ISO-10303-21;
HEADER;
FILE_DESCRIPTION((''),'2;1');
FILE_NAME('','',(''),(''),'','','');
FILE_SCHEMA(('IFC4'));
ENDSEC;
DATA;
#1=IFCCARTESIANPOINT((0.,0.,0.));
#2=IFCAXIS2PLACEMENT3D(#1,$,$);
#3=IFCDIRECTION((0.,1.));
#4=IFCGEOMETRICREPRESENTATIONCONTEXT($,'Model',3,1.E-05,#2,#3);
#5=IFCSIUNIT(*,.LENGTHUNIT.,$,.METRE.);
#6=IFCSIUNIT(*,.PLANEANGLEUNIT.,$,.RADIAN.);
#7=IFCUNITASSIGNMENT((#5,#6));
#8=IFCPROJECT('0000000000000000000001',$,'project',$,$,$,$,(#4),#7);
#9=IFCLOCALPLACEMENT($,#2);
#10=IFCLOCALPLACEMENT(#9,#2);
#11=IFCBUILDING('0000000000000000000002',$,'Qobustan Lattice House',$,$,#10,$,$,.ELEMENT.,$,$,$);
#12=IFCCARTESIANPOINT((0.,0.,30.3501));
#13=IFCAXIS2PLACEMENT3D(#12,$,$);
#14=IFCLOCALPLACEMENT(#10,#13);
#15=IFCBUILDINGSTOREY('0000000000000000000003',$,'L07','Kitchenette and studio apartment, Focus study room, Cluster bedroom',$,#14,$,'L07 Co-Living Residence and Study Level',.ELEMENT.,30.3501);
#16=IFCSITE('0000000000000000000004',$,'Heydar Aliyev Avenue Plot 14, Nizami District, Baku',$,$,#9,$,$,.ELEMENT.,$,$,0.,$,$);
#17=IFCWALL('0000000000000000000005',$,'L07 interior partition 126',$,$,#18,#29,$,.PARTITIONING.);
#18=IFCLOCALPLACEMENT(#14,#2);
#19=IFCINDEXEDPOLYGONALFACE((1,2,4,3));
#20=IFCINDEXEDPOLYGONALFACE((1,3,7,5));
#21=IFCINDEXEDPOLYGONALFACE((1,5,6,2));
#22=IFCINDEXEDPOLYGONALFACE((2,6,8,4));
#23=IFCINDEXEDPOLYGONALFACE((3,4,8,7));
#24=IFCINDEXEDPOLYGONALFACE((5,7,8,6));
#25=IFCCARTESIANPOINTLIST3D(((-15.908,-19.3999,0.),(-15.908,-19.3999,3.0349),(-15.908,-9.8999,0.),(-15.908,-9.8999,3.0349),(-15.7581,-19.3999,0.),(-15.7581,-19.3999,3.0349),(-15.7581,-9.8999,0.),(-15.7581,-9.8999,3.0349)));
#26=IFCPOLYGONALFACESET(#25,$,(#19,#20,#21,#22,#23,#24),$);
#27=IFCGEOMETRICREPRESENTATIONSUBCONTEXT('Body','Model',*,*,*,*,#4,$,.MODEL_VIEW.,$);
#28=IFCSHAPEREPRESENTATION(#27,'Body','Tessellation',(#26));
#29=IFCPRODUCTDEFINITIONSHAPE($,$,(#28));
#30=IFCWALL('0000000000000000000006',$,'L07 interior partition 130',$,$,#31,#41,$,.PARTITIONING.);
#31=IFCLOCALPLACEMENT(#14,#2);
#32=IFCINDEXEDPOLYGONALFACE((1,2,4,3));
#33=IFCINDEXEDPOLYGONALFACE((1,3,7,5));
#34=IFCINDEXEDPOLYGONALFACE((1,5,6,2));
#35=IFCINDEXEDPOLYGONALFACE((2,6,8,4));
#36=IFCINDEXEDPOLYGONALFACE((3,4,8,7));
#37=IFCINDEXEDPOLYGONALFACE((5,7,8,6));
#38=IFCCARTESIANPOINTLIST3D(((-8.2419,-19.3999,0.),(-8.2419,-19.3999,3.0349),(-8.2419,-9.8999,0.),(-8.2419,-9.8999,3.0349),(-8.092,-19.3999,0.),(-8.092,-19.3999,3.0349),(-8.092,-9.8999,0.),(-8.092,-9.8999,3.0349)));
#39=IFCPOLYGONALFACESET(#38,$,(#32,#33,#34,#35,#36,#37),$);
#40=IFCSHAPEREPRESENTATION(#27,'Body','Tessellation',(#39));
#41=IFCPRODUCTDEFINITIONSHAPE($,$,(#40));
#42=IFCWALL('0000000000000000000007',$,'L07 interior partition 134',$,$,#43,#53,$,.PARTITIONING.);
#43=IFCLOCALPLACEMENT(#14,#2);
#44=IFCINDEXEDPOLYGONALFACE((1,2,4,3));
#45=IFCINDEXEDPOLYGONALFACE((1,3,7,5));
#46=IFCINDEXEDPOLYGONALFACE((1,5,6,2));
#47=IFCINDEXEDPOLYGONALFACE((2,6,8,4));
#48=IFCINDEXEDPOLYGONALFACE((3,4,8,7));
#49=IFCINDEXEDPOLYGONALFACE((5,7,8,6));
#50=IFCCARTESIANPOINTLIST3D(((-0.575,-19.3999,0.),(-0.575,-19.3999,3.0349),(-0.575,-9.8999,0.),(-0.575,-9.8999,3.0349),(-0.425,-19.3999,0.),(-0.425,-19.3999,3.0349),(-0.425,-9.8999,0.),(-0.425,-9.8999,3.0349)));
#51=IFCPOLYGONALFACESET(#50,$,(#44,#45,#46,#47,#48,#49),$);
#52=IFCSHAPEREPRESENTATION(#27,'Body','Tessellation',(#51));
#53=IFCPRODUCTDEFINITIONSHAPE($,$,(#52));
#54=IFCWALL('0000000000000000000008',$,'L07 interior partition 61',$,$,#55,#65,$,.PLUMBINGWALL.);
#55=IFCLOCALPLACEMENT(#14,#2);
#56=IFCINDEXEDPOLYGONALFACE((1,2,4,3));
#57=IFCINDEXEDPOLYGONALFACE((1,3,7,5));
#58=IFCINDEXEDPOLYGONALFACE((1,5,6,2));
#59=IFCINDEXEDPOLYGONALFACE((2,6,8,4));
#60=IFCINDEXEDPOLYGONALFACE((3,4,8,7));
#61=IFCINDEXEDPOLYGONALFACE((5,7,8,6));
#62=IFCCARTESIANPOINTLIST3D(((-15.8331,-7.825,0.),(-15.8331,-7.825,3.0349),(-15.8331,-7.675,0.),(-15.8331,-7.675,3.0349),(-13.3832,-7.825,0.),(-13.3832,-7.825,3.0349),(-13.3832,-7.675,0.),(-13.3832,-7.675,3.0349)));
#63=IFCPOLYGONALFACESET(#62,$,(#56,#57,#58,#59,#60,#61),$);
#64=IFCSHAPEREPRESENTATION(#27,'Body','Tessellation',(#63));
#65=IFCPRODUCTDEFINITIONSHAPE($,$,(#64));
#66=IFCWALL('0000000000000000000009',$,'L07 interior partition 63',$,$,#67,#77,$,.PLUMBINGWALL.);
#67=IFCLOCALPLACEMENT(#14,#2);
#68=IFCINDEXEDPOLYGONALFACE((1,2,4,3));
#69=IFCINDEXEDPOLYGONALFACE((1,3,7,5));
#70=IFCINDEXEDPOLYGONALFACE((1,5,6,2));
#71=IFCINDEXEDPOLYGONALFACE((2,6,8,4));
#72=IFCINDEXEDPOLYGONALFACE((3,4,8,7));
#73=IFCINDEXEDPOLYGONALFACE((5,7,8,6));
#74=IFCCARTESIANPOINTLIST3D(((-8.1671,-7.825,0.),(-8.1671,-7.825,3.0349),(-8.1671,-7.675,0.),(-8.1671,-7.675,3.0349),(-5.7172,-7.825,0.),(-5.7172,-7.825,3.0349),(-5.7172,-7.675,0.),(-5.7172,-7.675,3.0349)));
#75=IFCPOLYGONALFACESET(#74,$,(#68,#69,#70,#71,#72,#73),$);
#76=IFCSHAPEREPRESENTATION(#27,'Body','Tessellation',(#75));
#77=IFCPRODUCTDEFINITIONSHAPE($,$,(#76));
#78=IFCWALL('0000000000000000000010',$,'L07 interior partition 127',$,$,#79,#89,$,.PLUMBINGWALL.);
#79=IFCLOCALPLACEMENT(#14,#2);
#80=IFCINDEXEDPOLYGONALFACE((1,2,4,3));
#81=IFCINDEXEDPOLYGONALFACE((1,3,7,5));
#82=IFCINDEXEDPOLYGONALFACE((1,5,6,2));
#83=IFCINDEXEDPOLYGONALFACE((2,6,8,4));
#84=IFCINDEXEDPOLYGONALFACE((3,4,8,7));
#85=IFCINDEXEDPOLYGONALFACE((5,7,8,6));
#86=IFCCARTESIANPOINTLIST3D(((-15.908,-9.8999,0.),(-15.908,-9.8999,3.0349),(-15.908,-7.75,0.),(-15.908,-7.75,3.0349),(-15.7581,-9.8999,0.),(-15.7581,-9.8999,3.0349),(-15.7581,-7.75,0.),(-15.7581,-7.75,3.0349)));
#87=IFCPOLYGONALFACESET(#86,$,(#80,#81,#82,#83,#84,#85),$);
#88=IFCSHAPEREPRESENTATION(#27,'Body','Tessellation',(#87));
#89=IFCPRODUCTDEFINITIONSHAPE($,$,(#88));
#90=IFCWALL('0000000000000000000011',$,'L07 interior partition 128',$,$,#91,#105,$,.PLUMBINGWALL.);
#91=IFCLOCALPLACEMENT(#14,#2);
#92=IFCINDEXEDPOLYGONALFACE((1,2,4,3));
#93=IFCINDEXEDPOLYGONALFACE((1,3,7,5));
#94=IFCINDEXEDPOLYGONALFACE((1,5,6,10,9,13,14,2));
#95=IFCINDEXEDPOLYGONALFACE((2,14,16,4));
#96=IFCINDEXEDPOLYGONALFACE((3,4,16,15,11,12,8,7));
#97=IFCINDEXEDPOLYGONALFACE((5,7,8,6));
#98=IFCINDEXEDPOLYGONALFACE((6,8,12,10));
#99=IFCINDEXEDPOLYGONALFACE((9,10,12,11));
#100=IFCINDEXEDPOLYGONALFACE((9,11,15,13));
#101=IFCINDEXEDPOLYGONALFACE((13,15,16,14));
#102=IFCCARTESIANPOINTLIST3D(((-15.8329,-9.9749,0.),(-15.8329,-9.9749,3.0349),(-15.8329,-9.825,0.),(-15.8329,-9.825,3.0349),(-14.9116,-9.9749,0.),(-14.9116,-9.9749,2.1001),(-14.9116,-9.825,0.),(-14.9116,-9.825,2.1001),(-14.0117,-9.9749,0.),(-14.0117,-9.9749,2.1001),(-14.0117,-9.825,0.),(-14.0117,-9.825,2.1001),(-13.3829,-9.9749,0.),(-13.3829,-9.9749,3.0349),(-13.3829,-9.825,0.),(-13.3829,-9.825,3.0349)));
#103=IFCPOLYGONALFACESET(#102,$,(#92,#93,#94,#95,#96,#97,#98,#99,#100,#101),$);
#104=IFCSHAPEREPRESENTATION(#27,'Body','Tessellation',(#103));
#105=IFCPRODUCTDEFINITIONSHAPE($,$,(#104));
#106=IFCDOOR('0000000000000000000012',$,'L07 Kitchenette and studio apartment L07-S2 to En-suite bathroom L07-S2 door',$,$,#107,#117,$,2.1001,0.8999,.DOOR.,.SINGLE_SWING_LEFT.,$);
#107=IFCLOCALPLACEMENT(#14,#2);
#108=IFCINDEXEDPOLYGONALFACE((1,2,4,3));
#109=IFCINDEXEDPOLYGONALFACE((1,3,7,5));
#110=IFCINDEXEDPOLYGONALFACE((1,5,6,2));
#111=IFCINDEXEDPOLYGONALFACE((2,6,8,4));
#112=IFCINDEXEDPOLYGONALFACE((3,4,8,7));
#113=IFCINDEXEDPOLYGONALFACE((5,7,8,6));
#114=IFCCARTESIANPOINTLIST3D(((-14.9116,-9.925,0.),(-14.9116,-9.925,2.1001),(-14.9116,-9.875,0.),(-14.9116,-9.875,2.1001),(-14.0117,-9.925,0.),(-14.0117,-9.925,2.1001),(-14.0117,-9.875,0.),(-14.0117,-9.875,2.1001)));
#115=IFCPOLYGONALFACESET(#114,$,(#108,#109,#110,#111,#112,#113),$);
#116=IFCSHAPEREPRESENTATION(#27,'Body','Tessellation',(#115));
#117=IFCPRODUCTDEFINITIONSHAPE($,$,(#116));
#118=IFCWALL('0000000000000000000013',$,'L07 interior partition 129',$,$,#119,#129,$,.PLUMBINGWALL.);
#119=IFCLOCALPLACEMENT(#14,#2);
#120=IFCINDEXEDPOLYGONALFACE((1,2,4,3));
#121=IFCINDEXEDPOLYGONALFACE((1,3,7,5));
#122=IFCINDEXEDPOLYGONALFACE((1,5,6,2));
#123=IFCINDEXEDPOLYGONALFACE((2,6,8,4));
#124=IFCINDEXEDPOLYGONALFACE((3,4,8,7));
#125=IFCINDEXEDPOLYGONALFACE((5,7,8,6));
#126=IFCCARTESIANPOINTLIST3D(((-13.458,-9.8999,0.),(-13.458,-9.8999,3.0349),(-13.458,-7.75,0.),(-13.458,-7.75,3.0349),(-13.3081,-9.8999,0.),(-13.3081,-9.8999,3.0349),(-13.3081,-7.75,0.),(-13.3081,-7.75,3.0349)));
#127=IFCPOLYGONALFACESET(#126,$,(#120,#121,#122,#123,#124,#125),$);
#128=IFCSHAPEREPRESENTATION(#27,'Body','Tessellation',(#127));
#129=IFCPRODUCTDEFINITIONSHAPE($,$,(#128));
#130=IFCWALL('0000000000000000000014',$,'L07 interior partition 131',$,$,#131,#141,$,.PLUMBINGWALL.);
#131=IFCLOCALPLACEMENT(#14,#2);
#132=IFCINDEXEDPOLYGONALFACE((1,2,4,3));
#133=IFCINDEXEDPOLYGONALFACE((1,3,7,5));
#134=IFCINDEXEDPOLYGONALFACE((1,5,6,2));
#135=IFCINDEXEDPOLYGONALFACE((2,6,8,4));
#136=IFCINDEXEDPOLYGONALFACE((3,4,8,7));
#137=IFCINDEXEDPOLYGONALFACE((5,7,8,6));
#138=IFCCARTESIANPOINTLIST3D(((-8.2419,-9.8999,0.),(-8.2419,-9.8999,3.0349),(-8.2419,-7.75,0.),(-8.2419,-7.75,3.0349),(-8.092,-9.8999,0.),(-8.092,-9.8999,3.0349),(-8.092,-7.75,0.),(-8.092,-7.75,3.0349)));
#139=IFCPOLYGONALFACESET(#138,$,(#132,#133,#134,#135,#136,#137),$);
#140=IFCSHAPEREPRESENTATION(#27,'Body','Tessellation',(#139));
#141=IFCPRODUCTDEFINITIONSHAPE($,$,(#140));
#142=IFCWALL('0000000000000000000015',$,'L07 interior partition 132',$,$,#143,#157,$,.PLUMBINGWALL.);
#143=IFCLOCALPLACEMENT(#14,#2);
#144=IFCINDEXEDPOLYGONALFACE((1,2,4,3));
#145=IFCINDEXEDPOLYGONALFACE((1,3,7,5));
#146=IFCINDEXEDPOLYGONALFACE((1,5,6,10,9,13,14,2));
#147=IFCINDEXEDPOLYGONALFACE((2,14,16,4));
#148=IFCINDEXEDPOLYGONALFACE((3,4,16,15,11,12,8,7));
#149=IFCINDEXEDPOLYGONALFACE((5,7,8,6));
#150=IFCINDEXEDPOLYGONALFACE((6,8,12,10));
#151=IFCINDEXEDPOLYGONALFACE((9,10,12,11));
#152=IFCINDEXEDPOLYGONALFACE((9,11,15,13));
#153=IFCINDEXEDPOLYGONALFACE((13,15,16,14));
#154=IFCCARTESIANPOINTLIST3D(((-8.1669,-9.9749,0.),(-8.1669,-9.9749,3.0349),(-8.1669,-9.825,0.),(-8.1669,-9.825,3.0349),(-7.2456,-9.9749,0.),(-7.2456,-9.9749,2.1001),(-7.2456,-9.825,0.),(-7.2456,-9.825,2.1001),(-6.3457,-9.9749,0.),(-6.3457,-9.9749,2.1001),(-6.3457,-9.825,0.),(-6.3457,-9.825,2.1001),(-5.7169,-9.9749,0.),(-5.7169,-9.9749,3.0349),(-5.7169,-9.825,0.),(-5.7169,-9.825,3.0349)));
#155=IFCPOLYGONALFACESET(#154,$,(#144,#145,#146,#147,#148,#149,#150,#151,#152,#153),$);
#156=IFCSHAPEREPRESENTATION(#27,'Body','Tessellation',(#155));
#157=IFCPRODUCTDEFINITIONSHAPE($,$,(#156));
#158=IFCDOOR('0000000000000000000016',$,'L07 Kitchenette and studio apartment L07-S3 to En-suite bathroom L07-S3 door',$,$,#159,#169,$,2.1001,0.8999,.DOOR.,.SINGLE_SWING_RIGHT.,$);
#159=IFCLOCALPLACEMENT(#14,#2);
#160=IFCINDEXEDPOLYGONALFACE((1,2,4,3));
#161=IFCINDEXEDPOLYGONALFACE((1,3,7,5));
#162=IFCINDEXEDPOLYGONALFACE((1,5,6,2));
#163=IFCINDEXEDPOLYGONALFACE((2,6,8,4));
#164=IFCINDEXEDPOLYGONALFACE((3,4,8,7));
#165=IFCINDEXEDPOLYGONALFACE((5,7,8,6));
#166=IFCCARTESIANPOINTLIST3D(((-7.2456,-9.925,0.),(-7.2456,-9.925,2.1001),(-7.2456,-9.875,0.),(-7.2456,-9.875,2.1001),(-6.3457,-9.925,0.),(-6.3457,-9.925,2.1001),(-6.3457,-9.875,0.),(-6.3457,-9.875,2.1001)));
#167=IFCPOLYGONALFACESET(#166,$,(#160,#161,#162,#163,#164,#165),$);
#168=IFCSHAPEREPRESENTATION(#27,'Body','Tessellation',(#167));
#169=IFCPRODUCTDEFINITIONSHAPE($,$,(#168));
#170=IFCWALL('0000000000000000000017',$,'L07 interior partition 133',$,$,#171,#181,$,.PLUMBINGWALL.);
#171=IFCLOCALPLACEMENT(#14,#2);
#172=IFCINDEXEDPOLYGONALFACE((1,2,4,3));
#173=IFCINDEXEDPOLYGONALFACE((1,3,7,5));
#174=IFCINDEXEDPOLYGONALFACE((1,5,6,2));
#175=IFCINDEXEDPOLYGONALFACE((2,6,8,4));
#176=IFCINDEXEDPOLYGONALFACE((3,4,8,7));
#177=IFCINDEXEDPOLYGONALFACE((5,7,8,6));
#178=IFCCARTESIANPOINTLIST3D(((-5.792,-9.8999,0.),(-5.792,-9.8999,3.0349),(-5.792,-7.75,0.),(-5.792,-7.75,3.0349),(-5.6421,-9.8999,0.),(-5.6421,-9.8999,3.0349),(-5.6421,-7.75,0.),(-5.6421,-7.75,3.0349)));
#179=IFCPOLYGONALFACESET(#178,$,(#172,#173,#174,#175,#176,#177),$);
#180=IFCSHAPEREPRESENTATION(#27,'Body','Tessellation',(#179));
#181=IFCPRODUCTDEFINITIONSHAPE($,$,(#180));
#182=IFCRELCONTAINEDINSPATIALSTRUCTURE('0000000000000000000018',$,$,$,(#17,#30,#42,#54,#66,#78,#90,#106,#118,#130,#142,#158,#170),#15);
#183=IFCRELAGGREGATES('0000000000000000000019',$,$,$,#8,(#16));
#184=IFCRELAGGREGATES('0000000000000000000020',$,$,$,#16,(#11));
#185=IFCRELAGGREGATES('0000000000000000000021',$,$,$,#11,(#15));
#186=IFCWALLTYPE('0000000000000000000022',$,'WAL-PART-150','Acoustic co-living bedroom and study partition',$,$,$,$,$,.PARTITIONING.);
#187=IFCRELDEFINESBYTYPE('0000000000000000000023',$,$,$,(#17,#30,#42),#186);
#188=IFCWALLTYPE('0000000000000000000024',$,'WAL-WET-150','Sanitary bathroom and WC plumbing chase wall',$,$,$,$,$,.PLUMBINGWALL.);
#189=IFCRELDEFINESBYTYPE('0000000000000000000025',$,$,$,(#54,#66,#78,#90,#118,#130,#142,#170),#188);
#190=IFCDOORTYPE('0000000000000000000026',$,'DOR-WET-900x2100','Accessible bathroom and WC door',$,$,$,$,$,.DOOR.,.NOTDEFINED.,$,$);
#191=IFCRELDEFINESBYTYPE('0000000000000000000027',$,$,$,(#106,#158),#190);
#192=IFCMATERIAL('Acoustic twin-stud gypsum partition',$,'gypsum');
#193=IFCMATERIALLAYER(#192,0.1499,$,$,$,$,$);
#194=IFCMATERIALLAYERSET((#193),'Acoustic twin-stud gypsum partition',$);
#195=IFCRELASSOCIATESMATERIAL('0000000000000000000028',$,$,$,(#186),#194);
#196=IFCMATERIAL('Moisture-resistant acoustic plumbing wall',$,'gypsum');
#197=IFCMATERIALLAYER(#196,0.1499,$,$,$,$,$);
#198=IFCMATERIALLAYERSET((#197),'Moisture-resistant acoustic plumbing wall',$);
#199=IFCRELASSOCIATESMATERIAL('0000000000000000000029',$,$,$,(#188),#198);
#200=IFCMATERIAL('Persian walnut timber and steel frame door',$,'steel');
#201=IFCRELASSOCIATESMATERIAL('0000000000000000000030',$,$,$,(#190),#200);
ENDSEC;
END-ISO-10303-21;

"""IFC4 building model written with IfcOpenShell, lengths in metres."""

from ifc_helpers import new_model, si_unit, direction, frame, frame_2d, origin, place, context, subcontext, project, spatial, rectangle, extrude, material, layer, layer_set, type_object, element, fill, save


model = new_model("IFC4")

# Units and contexts
model_context = context("Model", 3, precision=1e-05, world=origin(), true_north=direction((0.0, 1.0)))
body_context = subcontext(model_context, "Body", "Model", "MODEL_VIEW")
ifc_project = project(units=[si_unit("LENGTHUNIT", "METRE"), si_unit("PLANEANGLEUNIT", "RADIAN")], contexts=[model_context])

# Site, building, storey
site_placement = place(None, origin())
site = spatial("IfcSite", under=ifc_project, at=site_placement, Name="Heydar Aliyev Avenue Plot 14, Nizami District, Baku", CompositionType="ELEMENT", RefElevation=0.0)
building_placement = place(site_placement, origin())
building = spatial("IfcBuilding", under=site, at=building_placement, Name="Qobustan Lattice House", CompositionType="ELEMENT")
storey_placement = place(building_placement, frame((0.0, 0.0, 30.3501)))
storey = spatial("IfcBuildingStorey", under=building, at=storey_placement, Name="L07", Description="Kitchenette and studio apartment, Focus study room, Cluster bedroom", LongName="L07 Co-Living Residence and Study Level", CompositionType="ELEMENT", Elevation=30.3501)

# Shared definitions
ifc_material_1 = material(Name="Acoustic twin-stud gypsum partition", Category="gypsum")
ifc_layer_1 = layer(ifc_material_1, 0.1499)
ifc_layer_set_1 = layer_set([ifc_layer_1], Name="Acoustic twin-stud gypsum partition")
wall_type_1 = type_object("IfcWallType", Name="WAL-PART-150", Description="Acoustic co-living bedroom and study partition", PredefinedType="PARTITIONING", material=ifc_layer_set_1)

# Walls
for number, where, z_axis, x_axis, name in (
    (1, (-15.833, -9.8999, 0.0), (0.0, 0.0, 1.0), (0.0, -1.0, 0.0), "L07 interior partition 126"),
    (2, (-8.167, -9.8999, 0.0), (0.0, 0.0, 1.0), (0.0, -1.0, 0.0), "L07 interior partition 130"),
    (3, (-0.5, -9.8999, 0.0), (0.0, 0.0, 1.0), (0.0, -1.0, 0.0), "L07 interior partition 134"),
):
    element("IfcWall", number, at=place(storey_placement, frame(where, z_axis=z_axis, x_axis=x_axis)), inside=storey, type_object=wall_type_1, Name=name, PredefinedType="PARTITIONING", context=body_context, shape_type="SweptSolid", body=[
        extrude(rectangle(XDim=9.5, YDim=0.1499, at=frame_2d((4.75, 0.0))), origin(), (0.0, 0.0, 1.0), 3.0349),
    ])
ifc_material_2 = material(Name="Moisture-resistant acoustic plumbing wall", Category="gypsum")
ifc_layer_2 = layer(ifc_material_2, 0.1499)
ifc_layer_set_2 = layer_set([ifc_layer_2], Name="Moisture-resistant acoustic plumbing wall")
wall_type_2 = type_object("IfcWallType", Name="WAL-WET-150", Description="Sanitary bathroom and WC plumbing chase wall", PredefinedType="PLUMBINGWALL", material=ifc_layer_set_2)
for number, where, z_axis, x_axis, name in (
    (4, (-13.3831, -7.75, 0.0), (0.0, 0.0, 1.0), (-1.0, 0.0, 0.0), "L07 interior partition 61"),
    (5, (-5.717, -7.75, 0.0), (0.0, 0.0, 1.0), (-1.0, 0.0, 0.0), "L07 interior partition 63"),
):
    element("IfcWall", number, at=place(storey_placement, frame(where, z_axis=z_axis, x_axis=x_axis)), inside=storey, type_object=wall_type_2, Name=name, PredefinedType="PLUMBINGWALL", context=body_context, shape_type="SweptSolid", body=[
        extrude(rectangle(XDim=2.45, YDim=0.1499, at=frame_2d((1.2251, 0.0))), origin(), (0.0, 0.0, 1.0), 3.0349),
    ])
wall_1_placement = place(storey_placement, frame((-15.833, -7.75, 0.0), z_axis=(0.0, 0.0, 1.0), x_axis=(0.0, -1.0, 0.0)))
element("IfcWall", 6, at=wall_1_placement, inside=storey, type_object=wall_type_2, Name="L07 interior partition 127", PredefinedType="PLUMBINGWALL", context=body_context, shape_type="SweptSolid", body=[
    extrude(rectangle(XDim=2.1499, YDim=0.1499, at=frame_2d((1.075, 0.0))), origin(), (0.0, 0.0, 1.0), 3.0349),
])

# Wall, opening, door
wall_2_placement = place(storey_placement, frame((-15.833, -9.8999, 0.0), z_axis=(0.0, 0.0, 1.0), x_axis=(1.0, 0.0, 0.0)))
wall_2 = element("IfcWall", 7, at=wall_2_placement, inside=storey, type_object=wall_type_2, Name="L07 interior partition 128", PredefinedType="PLUMBINGWALL", context=body_context, shape_type="SweptSolid", body=[
    extrude(rectangle(XDim=2.45, YDim=0.1499, at=frame_2d((1.2251, 0.0))), origin(), (0.0, 0.0, 1.0), 3.0349),
])
opening_1_placement = place(wall_2_placement, frame((0.9214, 0.0, 0.0)))
opening_1 = element("IfcOpeningElement", 8, at=opening_1_placement, cuts=wall_2, PredefinedType="OPENING", context=body_context, shape_type="SweptSolid", body=[
    extrude(rectangle(XDim=0.8999, YDim=2.1001, at=frame_2d((0.45, 1.05))), frame((0.0, 0.085, 0.0), z_axis=(0.0, -1.0, 0.0), x_axis=(1.0, 0.0, 0.0)), (0.0, 0.0, 1.0), 0.1699),
])
ifc_material_3 = material(Name="Persian walnut timber and steel frame door", Category="steel")
door_type_1 = type_object("IfcDoorType", Name="DOR-WET-900x2100", Description="Accessible bathroom and WC door", OperationType="NOTDEFINED", PredefinedType="DOOR", material=ifc_material_3)
door_1_placement = place(opening_1_placement, origin())
door_1 = element("IfcDoor", 9, at=door_1_placement, inside=storey, type_object=door_type_1, Name="L07 Kitchenette and studio apartment L07-S2 to En-suite bathroom L07-S2 door", OperationType="SINGLE_SWING_LEFT", OverallHeight=2.1001, OverallWidth=0.8999, PredefinedType="DOOR", context=body_context, shape_type="SweptSolid", body=[
    extrude(rectangle(XDim=0.8999, YDim=2.1001, at=frame_2d((0.45, 1.05))), frame((0.0, 0.0249, 0.0), z_axis=(0.0, -1.0, 0.0), x_axis=(1.0, 0.0, 0.0)), (0.0, 0.0, 1.0), 0.05),
])
fill(opening_1, door_1)

# Walls
for number, where, z_axis, x_axis, name in (
    (10, (-13.3831, -9.8999, 0.0), (0.0, 0.0, 1.0), (0.0, 1.0, 0.0), "L07 interior partition 129"),
    (11, (-8.167, -7.75, 0.0), (0.0, 0.0, 1.0), (0.0, -1.0, 0.0), "L07 interior partition 131"),
):
    element("IfcWall", number, at=place(storey_placement, frame(where, z_axis=z_axis, x_axis=x_axis)), inside=storey, type_object=wall_type_2, Name=name, PredefinedType="PLUMBINGWALL", context=body_context, shape_type="SweptSolid", body=[
        extrude(rectangle(XDim=2.1499, YDim=0.1499, at=frame_2d((1.075, 0.0))), origin(), (0.0, 0.0, 1.0), 3.0349),
    ])

# Wall, opening, door
wall_3_placement = place(storey_placement, frame((-8.167, -9.8999, 0.0), z_axis=(0.0, 0.0, 1.0), x_axis=(1.0, 0.0, 0.0)))
wall_3 = element("IfcWall", 12, at=wall_3_placement, inside=storey, type_object=wall_type_2, Name="L07 interior partition 132", PredefinedType="PLUMBINGWALL", context=body_context, shape_type="SweptSolid", body=[
    extrude(rectangle(XDim=2.45, YDim=0.1499, at=frame_2d((1.2251, 0.0))), origin(), (0.0, 0.0, 1.0), 3.0349),
])
opening_2_placement = place(wall_3_placement, frame((0.9214, 0.0, 0.0)))
opening_2 = element("IfcOpeningElement", 13, at=opening_2_placement, cuts=wall_3, PredefinedType="OPENING", context=body_context, shape_type="SweptSolid", body=[
    extrude(rectangle(XDim=0.8999, YDim=2.1001, at=frame_2d((0.45, 1.05))), frame((0.0, 0.085, 0.0), z_axis=(0.0, -1.0, 0.0), x_axis=(1.0, 0.0, 0.0)), (0.0, 0.0, 1.0), 0.1699),
])
door_2_placement = place(opening_2_placement, origin())
door_2 = element("IfcDoor", 14, at=door_2_placement, inside=storey, type_object=door_type_1, Name="L07 Kitchenette and studio apartment L07-S3 to En-suite bathroom L07-S3 door", OperationType="SINGLE_SWING_RIGHT", OverallHeight=2.1001, OverallWidth=0.8999, PredefinedType="DOOR", context=body_context, shape_type="SweptSolid", body=[
    extrude(rectangle(XDim=0.8999, YDim=2.1001, at=frame_2d((0.45, 1.05))), frame((0.0, 0.0249, 0.0), z_axis=(0.0, -1.0, 0.0), x_axis=(1.0, 0.0, 0.0)), (0.0, 0.0, 1.0), 0.05),
])
fill(opening_2, door_2)

# Wall
wall_4_placement = place(storey_placement, frame((-5.717, -9.8999, 0.0), z_axis=(0.0, 0.0, 1.0), x_axis=(0.0, 1.0, 0.0)))
element("IfcWall", 15, at=wall_4_placement, inside=storey, type_object=wall_type_2, Name="L07 interior partition 133", PredefinedType="PLUMBINGWALL", context=body_context, shape_type="SweptSolid", body=[
    extrude(rectangle(XDim=2.1499, YDim=0.1499, at=frame_2d((1.075, 0.0))), origin(), (0.0, 0.0, 1.0), 3.0349),
])

save(model, "model.ifc")
